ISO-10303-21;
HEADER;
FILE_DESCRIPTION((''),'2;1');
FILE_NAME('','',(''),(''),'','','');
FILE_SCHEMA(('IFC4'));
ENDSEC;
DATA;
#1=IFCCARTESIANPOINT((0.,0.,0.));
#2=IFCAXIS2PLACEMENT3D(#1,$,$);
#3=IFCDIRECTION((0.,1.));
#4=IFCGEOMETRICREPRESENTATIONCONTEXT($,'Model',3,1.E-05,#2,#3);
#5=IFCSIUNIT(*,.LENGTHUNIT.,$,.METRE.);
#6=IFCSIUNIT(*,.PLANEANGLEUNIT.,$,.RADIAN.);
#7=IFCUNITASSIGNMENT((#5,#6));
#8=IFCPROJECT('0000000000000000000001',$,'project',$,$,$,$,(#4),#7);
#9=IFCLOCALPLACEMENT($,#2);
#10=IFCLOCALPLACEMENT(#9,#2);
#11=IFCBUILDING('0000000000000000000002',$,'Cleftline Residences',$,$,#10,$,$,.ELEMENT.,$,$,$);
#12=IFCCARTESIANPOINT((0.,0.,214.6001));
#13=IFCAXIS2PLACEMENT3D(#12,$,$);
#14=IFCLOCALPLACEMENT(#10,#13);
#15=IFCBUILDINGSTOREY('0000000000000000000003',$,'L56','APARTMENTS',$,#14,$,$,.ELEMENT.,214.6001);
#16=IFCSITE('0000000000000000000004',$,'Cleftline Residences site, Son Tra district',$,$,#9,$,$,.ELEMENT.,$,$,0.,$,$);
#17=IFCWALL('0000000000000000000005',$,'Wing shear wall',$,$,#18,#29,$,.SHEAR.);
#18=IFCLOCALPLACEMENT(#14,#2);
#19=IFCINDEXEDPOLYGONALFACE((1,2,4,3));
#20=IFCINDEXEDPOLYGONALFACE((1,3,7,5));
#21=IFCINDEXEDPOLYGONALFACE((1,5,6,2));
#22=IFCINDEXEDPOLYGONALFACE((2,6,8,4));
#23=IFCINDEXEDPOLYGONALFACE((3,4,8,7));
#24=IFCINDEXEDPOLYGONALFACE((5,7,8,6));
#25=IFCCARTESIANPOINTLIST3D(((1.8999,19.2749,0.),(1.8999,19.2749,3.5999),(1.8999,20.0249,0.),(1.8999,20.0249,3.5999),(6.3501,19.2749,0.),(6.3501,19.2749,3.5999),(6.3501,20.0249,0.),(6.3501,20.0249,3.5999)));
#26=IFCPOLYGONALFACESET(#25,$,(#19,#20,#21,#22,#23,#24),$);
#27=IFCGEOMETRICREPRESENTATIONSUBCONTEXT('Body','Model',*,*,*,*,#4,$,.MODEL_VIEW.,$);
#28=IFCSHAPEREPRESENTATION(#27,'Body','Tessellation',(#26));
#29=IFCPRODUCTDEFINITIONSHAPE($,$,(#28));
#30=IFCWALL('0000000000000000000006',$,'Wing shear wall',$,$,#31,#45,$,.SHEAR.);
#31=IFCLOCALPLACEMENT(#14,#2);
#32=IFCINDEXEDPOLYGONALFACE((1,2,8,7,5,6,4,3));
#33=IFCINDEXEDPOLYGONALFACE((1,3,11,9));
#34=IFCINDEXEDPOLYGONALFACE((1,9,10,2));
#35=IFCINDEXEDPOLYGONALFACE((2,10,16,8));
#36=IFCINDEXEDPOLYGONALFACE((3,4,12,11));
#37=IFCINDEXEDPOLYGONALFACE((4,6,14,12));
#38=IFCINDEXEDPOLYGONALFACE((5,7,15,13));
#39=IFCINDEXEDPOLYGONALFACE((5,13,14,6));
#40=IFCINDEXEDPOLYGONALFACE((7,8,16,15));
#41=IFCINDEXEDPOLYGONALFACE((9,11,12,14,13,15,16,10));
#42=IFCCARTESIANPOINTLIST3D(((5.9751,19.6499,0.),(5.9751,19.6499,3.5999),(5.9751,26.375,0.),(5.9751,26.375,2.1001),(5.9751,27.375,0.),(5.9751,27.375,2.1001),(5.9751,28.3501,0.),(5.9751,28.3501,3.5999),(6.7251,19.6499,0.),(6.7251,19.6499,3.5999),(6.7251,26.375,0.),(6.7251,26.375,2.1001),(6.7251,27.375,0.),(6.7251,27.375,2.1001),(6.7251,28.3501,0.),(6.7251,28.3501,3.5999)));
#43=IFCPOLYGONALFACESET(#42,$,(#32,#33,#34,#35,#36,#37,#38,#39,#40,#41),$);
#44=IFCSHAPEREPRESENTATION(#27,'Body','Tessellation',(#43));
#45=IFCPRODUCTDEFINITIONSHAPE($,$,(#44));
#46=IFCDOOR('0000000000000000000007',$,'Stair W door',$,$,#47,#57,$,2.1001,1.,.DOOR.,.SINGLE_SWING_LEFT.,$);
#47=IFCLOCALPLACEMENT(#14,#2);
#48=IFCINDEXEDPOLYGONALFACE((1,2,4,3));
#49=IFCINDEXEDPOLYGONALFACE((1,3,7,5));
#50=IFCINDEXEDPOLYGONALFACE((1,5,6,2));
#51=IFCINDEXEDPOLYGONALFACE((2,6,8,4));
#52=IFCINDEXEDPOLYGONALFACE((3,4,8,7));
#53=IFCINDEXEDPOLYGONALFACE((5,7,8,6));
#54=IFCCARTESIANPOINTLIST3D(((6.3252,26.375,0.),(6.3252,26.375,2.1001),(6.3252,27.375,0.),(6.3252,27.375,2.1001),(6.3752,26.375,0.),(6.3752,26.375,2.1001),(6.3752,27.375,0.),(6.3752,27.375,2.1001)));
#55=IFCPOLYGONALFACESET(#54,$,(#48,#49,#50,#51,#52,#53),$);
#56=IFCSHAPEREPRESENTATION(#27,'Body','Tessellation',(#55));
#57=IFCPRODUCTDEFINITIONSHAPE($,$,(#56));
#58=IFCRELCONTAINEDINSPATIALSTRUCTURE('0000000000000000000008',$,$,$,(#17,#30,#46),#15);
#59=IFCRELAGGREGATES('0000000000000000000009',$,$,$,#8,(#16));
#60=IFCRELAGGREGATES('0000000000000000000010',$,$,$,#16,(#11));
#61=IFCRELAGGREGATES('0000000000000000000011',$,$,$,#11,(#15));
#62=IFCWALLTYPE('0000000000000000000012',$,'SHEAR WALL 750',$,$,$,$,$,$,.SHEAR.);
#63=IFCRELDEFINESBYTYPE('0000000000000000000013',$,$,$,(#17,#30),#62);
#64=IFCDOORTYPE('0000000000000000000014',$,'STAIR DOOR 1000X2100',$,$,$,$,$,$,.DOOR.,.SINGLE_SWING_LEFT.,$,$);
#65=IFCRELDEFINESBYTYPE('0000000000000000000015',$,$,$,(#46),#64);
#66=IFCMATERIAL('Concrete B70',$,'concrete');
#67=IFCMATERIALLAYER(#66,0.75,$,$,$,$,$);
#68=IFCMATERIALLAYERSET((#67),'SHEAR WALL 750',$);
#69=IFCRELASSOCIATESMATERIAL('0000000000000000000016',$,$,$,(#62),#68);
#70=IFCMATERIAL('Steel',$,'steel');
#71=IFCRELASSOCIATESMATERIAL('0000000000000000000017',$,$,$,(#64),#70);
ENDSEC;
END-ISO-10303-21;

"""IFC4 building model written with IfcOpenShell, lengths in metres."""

from ifc_helpers import new_model, si_unit, direction, frame, frame_2d, origin, place, context, subcontext, project, spatial, rectangle, extrude, material, layer, layer_set, type_object, element, fill, save


model = new_model("IFC4")

# Units and contexts
model_context = context("Model", 3, precision=1e-05, world=origin(), true_north=direction((0.0, 1.0)))
body_context = subcontext(model_context, "Body", "Model", "MODEL_VIEW")
ifc_project = project(units=[si_unit("LENGTHUNIT", "METRE"), si_unit("PLANEANGLEUNIT", "RADIAN")], contexts=[model_context])

# Site, building, storey
site_placement = place(None, origin())
site = spatial("IfcSite", under=ifc_project, at=site_placement, Name="Cleftline Residences site, Son Tra district", CompositionType="ELEMENT", RefElevation=0.0)
building_placement = place(site_placement, origin())
building = spatial("IfcBuilding", under=site, at=building_placement, Name="Cleftline Residences", CompositionType="ELEMENT")
storey_placement = place(building_placement, frame((0.0, 0.0, 214.6001)))
storey = spatial("IfcBuildingStorey", under=building, at=storey_placement, Name="L56", Description="APARTMENTS", CompositionType="ELEMENT", Elevation=214.6001)

# Wall
ifc_material_1 = material(Name="Concrete B70", Category="concrete")
ifc_layer_1 = layer(ifc_material_1, 0.75)
ifc_layer_set_1 = layer_set([ifc_layer_1], Name="SHEAR WALL 750")
wall_type_1 = type_object("IfcWallType", Name="SHEAR WALL 750", PredefinedType="SHEAR", material=ifc_layer_set_1)
wall_1_placement = place(storey_placement, frame((1.8999, 19.6499, 0.0), z_axis=(0.0, 0.0, 1.0), x_axis=(1.0, 0.0, 0.0)))
element("IfcWall", 1, at=wall_1_placement, inside=storey, type_object=wall_type_1, Name="Wing shear wall", PredefinedType="SHEAR", context=body_context, shape_type="SweptSolid", body=[
    extrude(rectangle(XDim=4.4502, YDim=0.75, at=frame_2d((2.2251, 0.0))), origin(), (0.0, 0.0, 1.0), 3.5999),
])

# Wall, opening, door
wall_2_placement = place(storey_placement, frame((6.3501, 19.6499, 0.0), z_axis=(0.0, 0.0, 1.0), x_axis=(0.0, 1.0, 0.0)))
wall_2 = element("IfcWall", 2, at=wall_2_placement, inside=storey, type_object=wall_type_1, Name="Wing shear wall", PredefinedType="SHEAR", context=body_context, shape_type="SweptSolid", body=[
    extrude(rectangle(XDim=8.7002, YDim=0.75, at=frame_2d((4.3501, 0.0))), origin(), (0.0, 0.0, 1.0), 3.5999),
])
opening_1_placement = place(wall_2_placement, frame((6.7251, 0.0, 0.0)))
opening_1 = element("IfcOpeningElement", 3, at=opening_1_placement, cuts=wall_2, PredefinedType="OPENING", context=body_context, shape_type="SweptSolid", body=[
    extrude(rectangle(XDim=1.0, YDim=2.1001, at=frame_2d((0.5, 1.05))), frame((0.0, 0.385, 0.0), z_axis=(0.0, -1.0, 0.0), x_axis=(1.0, 0.0, 0.0)), (0.0, 0.0, 1.0), 0.77),
])
ifc_material_2 = material(Name="Steel", Category="steel")
door_type_1 = type_object("IfcDoorType", Name="STAIR DOOR 1000X2100", OperationType="SINGLE_SWING_LEFT", PredefinedType="DOOR", material=ifc_material_2)
door_1_placement = place(opening_1_placement, origin())
door_1 = element("IfcDoor", 4, at=door_1_placement, inside=storey, type_object=door_type_1, Name="Stair W door", OperationType="SINGLE_SWING_LEFT", OverallHeight=2.1001, OverallWidth=1.0, PredefinedType="DOOR", context=body_context, shape_type="SweptSolid", body=[
    extrude(rectangle(XDim=1.0, YDim=2.1001, at=frame_2d((0.5, 1.05))), frame((0.0, 0.0249, 0.0), z_axis=(0.0, -1.0, 0.0), x_axis=(1.0, 0.0, 0.0)), (0.0, 0.0, 1.0), 0.05),
])
fill(opening_1, door_1)

save(model, "model.ifc")
